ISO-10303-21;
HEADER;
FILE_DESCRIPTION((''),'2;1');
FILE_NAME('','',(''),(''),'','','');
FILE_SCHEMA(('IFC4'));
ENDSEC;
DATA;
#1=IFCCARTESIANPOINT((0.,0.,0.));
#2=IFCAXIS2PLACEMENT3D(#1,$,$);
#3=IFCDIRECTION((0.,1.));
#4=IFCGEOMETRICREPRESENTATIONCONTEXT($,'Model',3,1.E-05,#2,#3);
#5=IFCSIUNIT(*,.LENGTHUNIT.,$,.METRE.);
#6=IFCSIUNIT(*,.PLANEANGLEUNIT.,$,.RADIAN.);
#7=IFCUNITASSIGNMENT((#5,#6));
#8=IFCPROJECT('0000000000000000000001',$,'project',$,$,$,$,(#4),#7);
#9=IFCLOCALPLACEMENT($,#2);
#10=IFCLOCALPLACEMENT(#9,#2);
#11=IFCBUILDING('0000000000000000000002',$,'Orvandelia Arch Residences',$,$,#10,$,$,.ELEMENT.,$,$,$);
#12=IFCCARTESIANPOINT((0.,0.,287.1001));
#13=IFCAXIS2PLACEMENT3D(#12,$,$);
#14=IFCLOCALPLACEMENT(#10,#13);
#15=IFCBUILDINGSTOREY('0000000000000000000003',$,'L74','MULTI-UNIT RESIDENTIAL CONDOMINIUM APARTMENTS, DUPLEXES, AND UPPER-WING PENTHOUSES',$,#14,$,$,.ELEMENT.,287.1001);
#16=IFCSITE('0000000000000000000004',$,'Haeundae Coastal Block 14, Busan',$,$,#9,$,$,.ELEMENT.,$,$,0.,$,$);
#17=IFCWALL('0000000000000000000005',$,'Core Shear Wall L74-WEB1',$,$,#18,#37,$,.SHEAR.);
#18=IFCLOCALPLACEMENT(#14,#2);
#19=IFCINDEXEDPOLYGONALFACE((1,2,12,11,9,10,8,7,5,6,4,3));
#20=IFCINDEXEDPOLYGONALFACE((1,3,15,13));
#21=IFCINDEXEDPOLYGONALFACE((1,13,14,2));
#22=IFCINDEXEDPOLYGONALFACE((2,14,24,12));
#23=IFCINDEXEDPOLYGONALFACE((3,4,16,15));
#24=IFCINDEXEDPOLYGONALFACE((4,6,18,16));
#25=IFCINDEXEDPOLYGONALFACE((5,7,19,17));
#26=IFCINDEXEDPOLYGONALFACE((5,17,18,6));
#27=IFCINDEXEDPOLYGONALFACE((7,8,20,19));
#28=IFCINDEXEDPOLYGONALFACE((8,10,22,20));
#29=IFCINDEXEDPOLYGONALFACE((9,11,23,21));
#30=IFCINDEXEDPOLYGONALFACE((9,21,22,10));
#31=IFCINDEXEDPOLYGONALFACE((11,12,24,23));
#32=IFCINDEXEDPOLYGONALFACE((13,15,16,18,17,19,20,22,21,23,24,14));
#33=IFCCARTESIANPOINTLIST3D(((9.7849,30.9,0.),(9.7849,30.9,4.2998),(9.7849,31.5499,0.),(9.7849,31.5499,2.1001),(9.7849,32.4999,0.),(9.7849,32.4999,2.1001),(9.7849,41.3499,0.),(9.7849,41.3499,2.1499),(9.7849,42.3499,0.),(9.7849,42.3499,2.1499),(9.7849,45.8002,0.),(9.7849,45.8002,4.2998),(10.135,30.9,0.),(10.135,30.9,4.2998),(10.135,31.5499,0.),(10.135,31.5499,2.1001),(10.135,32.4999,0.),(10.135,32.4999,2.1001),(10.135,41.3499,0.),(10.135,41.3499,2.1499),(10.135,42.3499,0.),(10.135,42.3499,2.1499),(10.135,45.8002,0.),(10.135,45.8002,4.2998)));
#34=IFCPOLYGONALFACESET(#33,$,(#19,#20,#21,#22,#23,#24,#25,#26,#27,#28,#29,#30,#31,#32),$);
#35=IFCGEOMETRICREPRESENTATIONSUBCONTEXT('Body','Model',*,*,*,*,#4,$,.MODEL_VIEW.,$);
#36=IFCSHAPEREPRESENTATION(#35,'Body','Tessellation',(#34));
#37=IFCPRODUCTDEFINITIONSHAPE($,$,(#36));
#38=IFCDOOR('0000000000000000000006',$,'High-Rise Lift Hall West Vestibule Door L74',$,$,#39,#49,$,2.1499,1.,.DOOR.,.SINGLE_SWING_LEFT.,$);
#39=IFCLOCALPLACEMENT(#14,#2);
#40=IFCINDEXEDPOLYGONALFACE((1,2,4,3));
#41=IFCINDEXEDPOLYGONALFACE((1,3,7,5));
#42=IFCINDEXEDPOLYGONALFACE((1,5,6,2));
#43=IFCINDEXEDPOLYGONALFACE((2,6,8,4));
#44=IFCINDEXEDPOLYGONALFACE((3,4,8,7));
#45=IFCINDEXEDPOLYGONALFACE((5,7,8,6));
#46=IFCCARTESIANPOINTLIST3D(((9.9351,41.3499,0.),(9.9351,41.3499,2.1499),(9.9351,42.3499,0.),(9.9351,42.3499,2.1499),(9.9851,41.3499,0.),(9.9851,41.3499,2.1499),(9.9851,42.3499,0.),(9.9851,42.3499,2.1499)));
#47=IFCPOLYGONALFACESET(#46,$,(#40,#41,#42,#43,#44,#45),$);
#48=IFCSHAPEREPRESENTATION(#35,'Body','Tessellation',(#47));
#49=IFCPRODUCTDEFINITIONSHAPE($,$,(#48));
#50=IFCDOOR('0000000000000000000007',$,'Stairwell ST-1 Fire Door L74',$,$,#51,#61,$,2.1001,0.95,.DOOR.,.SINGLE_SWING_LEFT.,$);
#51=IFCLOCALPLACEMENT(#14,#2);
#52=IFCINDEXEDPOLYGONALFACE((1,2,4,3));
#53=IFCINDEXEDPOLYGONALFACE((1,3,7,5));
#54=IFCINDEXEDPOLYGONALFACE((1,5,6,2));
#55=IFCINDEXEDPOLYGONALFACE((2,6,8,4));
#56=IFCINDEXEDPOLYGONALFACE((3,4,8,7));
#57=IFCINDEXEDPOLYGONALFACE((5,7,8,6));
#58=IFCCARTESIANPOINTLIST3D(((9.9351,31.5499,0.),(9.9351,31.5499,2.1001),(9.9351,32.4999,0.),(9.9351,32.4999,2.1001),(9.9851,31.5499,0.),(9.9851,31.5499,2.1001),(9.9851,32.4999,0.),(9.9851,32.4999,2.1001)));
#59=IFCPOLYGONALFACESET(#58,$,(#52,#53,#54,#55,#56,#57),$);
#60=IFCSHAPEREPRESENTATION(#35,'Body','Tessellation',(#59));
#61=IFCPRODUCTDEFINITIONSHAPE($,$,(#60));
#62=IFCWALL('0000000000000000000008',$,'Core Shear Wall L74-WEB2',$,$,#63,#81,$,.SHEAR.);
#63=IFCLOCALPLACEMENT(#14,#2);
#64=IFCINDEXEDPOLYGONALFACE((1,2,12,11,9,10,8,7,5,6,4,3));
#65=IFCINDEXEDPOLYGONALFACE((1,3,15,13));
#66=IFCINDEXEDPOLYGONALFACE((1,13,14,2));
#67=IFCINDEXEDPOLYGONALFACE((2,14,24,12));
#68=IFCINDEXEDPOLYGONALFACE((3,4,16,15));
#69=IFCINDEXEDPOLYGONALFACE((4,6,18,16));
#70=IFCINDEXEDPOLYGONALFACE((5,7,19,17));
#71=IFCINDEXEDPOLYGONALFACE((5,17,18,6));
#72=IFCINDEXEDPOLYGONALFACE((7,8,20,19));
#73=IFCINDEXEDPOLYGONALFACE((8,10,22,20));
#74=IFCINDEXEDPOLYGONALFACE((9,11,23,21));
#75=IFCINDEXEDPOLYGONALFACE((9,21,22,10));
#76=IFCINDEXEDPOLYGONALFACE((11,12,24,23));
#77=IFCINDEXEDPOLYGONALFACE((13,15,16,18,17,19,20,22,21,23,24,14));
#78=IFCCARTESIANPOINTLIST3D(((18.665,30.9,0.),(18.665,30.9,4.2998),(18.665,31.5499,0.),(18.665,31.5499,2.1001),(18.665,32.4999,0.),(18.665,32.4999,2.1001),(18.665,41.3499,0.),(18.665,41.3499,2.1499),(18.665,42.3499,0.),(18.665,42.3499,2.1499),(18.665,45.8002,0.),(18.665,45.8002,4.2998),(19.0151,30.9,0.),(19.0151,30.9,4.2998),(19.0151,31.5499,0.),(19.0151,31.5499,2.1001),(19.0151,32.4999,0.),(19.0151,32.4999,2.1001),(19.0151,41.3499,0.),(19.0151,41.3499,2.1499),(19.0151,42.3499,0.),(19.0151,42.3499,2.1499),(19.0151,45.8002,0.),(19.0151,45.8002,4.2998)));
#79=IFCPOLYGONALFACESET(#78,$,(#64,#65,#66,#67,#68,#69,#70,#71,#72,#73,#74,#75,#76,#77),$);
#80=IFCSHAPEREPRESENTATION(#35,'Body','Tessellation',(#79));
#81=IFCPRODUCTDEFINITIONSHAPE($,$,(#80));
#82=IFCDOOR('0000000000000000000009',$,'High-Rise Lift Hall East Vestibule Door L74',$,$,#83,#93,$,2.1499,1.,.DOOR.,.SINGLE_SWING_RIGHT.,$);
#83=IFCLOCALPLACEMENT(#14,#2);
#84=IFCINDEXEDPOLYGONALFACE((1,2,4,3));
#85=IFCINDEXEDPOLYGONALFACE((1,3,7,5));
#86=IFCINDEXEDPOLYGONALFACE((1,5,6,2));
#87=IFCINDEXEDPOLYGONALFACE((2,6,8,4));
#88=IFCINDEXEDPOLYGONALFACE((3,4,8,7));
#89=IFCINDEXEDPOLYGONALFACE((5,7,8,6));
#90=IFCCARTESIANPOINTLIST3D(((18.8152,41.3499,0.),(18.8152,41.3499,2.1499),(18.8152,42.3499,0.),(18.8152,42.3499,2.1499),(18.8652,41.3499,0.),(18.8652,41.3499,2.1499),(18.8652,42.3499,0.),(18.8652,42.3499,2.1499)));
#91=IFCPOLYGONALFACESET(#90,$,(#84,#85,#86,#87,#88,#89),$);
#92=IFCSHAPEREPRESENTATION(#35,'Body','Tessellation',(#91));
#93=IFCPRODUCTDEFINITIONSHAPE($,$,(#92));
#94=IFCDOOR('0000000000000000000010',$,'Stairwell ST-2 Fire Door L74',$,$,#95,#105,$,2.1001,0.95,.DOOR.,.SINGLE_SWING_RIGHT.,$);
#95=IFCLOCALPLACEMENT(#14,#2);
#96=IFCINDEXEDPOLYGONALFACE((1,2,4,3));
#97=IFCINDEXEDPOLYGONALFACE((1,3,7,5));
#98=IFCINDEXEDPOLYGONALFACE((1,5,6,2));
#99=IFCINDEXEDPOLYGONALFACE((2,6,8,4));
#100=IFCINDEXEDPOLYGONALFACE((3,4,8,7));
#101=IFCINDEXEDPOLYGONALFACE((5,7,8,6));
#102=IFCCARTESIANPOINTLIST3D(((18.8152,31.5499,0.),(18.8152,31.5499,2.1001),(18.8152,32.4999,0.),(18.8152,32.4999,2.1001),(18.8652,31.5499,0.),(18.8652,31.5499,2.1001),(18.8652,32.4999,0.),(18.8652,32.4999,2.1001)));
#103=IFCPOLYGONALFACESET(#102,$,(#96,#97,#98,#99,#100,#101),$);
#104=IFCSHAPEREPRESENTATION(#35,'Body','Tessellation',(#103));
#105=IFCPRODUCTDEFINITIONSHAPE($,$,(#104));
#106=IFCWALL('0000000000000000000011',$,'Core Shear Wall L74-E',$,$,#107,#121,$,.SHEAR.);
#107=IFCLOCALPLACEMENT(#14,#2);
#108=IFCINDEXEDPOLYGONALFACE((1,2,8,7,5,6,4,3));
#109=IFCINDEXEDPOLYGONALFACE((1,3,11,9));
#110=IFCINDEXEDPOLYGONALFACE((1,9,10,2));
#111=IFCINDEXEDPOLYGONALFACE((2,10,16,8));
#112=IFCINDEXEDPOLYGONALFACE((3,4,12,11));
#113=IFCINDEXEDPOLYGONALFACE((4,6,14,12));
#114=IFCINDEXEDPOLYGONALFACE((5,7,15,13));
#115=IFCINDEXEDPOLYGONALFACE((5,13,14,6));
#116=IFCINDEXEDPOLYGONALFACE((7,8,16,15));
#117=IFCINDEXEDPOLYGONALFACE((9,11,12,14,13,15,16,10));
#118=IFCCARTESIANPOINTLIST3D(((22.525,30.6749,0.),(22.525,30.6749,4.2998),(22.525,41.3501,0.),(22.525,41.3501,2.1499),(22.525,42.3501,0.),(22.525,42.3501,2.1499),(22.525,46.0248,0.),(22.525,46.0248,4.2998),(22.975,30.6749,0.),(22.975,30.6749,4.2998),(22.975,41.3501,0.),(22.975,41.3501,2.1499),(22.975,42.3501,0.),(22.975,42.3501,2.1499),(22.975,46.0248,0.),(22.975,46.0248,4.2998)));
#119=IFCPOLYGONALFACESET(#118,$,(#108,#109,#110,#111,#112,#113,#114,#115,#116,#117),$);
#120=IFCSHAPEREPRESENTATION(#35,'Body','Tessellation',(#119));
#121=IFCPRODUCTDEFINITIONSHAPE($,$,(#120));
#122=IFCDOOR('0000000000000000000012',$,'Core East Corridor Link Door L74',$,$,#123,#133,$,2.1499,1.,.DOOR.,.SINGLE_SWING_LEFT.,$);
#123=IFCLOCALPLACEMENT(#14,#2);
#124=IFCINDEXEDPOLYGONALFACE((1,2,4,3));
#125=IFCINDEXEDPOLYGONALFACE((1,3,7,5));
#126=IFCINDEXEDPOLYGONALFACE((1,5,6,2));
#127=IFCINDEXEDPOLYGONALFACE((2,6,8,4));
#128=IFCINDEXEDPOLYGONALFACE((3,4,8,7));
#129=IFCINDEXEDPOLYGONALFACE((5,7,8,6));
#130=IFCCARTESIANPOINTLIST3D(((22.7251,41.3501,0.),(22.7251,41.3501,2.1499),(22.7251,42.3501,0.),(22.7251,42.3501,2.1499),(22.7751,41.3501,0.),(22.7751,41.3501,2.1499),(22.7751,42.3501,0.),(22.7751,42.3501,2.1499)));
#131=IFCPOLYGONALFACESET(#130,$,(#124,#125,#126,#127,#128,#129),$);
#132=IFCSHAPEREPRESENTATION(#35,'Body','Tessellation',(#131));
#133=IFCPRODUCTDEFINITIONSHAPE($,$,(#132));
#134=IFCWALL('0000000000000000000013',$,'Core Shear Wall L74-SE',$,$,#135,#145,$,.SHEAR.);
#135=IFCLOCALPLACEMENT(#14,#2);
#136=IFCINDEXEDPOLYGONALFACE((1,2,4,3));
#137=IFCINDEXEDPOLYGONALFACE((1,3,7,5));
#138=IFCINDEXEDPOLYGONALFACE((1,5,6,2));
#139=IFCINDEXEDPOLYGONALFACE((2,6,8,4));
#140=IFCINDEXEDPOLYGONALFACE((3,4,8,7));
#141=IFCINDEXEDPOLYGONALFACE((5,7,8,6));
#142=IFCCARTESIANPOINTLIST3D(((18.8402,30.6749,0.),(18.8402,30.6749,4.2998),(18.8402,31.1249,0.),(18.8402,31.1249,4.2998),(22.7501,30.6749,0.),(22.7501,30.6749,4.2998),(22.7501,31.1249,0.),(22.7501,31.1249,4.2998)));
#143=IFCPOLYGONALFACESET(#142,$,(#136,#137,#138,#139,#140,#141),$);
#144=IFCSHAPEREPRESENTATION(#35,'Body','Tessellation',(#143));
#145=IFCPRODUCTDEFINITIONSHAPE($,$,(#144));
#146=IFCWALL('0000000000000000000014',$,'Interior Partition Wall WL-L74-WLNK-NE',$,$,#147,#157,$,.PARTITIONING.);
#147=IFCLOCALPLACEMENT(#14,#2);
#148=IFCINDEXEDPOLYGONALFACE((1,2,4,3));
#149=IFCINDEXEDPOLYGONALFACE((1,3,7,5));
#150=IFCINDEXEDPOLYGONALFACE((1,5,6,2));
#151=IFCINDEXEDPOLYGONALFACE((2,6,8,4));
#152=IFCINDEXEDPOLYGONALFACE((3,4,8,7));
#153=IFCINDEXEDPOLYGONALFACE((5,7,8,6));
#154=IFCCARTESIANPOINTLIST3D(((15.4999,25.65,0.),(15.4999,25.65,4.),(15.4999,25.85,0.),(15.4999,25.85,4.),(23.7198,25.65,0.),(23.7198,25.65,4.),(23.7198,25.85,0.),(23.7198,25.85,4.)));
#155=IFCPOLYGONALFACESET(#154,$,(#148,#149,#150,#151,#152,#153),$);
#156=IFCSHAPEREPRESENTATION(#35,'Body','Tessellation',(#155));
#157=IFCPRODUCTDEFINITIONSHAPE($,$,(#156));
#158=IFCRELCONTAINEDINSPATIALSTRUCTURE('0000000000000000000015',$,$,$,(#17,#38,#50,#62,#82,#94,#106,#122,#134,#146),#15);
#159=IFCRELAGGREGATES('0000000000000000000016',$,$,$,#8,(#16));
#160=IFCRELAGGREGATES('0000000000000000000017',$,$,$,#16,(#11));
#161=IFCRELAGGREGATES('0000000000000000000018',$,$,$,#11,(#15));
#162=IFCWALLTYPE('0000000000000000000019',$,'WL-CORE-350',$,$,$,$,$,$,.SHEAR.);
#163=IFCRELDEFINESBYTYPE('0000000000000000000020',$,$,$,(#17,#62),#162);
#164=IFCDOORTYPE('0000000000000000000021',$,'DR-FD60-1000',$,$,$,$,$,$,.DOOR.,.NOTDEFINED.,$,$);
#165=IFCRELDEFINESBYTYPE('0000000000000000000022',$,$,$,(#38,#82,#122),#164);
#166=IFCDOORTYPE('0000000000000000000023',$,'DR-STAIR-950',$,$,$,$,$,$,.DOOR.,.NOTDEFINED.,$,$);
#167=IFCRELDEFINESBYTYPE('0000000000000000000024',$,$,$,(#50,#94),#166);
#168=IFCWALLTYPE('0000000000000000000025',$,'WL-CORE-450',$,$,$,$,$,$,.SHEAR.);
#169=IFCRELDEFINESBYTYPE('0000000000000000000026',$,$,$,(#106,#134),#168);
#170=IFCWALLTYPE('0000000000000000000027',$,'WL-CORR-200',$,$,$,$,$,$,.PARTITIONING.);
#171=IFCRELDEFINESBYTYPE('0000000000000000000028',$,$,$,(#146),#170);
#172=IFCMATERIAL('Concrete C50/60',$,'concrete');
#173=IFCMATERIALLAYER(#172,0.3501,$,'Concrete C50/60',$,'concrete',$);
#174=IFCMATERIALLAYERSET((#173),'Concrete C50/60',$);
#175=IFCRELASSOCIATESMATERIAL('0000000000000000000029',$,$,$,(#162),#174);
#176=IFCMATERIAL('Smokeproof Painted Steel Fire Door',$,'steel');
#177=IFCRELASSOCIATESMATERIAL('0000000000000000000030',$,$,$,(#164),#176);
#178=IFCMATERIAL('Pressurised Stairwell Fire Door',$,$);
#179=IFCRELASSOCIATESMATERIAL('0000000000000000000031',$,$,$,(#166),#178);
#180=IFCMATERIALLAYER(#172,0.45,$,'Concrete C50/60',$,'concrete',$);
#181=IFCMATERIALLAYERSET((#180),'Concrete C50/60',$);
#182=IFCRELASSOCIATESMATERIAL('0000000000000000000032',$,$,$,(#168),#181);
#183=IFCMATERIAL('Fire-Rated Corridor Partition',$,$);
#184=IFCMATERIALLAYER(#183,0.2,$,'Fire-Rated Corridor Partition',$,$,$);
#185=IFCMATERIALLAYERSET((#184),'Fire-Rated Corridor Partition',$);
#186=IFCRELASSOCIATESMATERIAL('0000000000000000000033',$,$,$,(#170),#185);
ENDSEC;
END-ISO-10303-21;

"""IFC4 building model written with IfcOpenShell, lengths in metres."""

from ifc_helpers import new_model, si_unit, direction, frame, frame_2d, origin, place, context, subcontext, project, spatial, rectangle, extrude, material, layer, layer_set, type_object, element, fill, save


model = new_model("IFC4")

# Units and contexts
model_context = context("Model", 3, precision=1e-05, world=origin(), true_north=direction((0.0, 1.0)))
body_context = subcontext(model_context, "Body", "Model", "MODEL_VIEW")
ifc_project = project(units=[si_unit("LENGTHUNIT", "METRE"), si_unit("PLANEANGLEUNIT", "RADIAN")], contexts=[model_context])

# Site, building, storey
site_placement = place(None, origin())
site = spatial("IfcSite", under=ifc_project, at=site_placement, Name="Haeundae Coastal Block 14, Busan", CompositionType="ELEMENT", RefElevation=0.0)
building_placement = place(site_placement, origin())
building = spatial("IfcBuilding", under=site, at=building_placement, Name="Orvandelia Arch Residences", CompositionType="ELEMENT")
storey_placement = place(building_placement, frame((0.0, 0.0, 287.1001)))
storey = spatial("IfcBuildingStorey", under=building, at=storey_placement, Name="L74", Description="MULTI-UNIT RESIDENTIAL CONDOMINIUM APARTMENTS, DUPLEXES, AND UPPER-WING PENTHOUSES", CompositionType="ELEMENT", Elevation=287.1001)

# Shared definitions
ifc_material_1 = material(Name="Concrete C50/60", Category="concrete")

# Walls, openings, doors
ifc_layer_1 = layer(ifc_material_1, 0.3501, Name="Concrete C50/60", Category="concrete")
ifc_layer_set_1 = layer_set([ifc_layer_1], Name="Concrete C50/60")
wall_type_1 = type_object("IfcWallType", Name="WL-CORE-350", PredefinedType="SHEAR", material=ifc_layer_set_1)
wall_1_placement = place(storey_placement, frame((9.96, 30.8999, 0.0), z_axis=(0.0, 0.0, 1.0), x_axis=(0.0, 1.0, 0.0)))
wall_1 = element("IfcWall", 1, at=wall_1_placement, inside=storey, type_object=wall_type_1, Name="Core Shear Wall L74-WEB1", PredefinedType="SHEAR", context=body_context, shape_type="SweptSolid", body=[
    extrude(rectangle(XDim=14.9001, YDim=0.3501, at=frame_2d((7.4502, 0.0))), origin(), (0.0, 0.0, 1.0), 4.2998),
])
opening_1_placement = place(wall_1_placement, frame((0.6499, 0.0, 0.0)))
opening_1 = element("IfcOpeningElement", 2, at=opening_1_placement, cuts=wall_1, PredefinedType="OPENING", context=body_context, shape_type="SweptSolid", body=[
    extrude(rectangle(XDim=0.95, YDim=2.1001, at=frame_2d((0.4751, 1.05))), frame((0.0, 0.1851, 0.0), z_axis=(0.0, -1.0, 0.0), x_axis=(1.0, 0.0, 0.0)), (0.0, 0.0, 1.0), 0.3701),
])
opening_2_placement = place(wall_1_placement, frame((10.45, 0.0, 0.0)))
opening_2 = element("IfcOpeningElement", 3, at=opening_2_placement, cuts=wall_1, PredefinedType="OPENING", context=body_context, shape_type="SweptSolid", body=[
    extrude(rectangle(XDim=1.0, YDim=2.1499, at=frame_2d((0.5, 1.075))), frame((0.0, 0.1851, 0.0), z_axis=(0.0, -1.0, 0.0), x_axis=(1.0, 0.0, 0.0)), (0.0, 0.0, 1.0), 0.3701),
])
ifc_material_2 = material(Name="Smokeproof Painted Steel Fire Door", Category="steel")
door_type_1 = type_object("IfcDoorType", Name="DR-FD60-1000", OperationType="NOTDEFINED", PredefinedType="DOOR", material=ifc_material_2)
door_1_placement = place(opening_2_placement, origin())
door_1 = element("IfcDoor", 4, at=door_1_placement, inside=storey, type_object=door_type_1, Name="High-Rise Lift Hall West Vestibule Door L74", OperationType="SINGLE_SWING_LEFT", OverallHeight=2.1499, OverallWidth=1.0, PredefinedType="DOOR", context=body_context, shape_type="SweptSolid", body=[
    extrude(rectangle(XDim=1.0, YDim=2.1499, at=frame_2d((0.5, 1.075))), frame((0.0, 0.0249, 0.0), z_axis=(0.0, -1.0, 0.0), x_axis=(1.0, 0.0, 0.0)), (0.0, 0.0, 1.0), 0.05),
])
fill(opening_2, door_1)
ifc_material_3 = material(Name="Pressurised Stairwell Fire Door")
door_type_2 = type_object("IfcDoorType", Name="DR-STAIR-950", OperationType="NOTDEFINED", PredefinedType="DOOR", material=ifc_material_3)
door_2_placement = place(opening_1_placement, origin())
door_2 = element("IfcDoor", 5, at=door_2_placement, inside=storey, type_object=door_type_2, Name="Stairwell ST-1 Fire Door L74", OperationType="SINGLE_SWING_LEFT", OverallHeight=2.1001, OverallWidth=0.95, PredefinedType="DOOR", context=body_context, shape_type="SweptSolid", body=[
    extrude(rectangle(XDim=0.95, YDim=2.1001, at=frame_2d((0.4751, 1.05))), frame((0.0, 0.0249, 0.0), z_axis=(0.0, -1.0, 0.0), x_axis=(1.0, 0.0, 0.0)), (0.0, 0.0, 1.0), 0.05),
])
fill(opening_1, door_2)
wall_2_placement = place(storey_placement, frame((18.8401, 30.8999, 0.0), z_axis=(0.0, 0.0, 1.0), x_axis=(0.0, 1.0, 0.0)))
wall_2 = element("IfcWall", 6, at=wall_2_placement, inside=storey, type_object=wall_type_1, Name="Core Shear Wall L74-WEB2", PredefinedType="SHEAR", context=body_context, shape_type="SweptSolid", body=[
    extrude(rectangle(XDim=14.9001, YDim=0.3501, at=frame_2d((7.4502, 0.0))), origin(), (0.0, 0.0, 1.0), 4.2998),
])
opening_3_placement = place(wall_2_placement, frame((0.6499, 0.0, 0.0)))
opening_3 = element("IfcOpeningElement", 7, at=opening_3_placement, cuts=wall_2, PredefinedType="OPENING", context=body_context, shape_type="SweptSolid", body=[
    extrude(rectangle(XDim=0.95, YDim=2.1001, at=frame_2d((0.4751, 1.05))), frame((0.0, 0.1851, 0.0), z_axis=(0.0, -1.0, 0.0), x_axis=(1.0, 0.0, 0.0)), (0.0, 0.0, 1.0), 0.3701),
])
opening_4_placement = place(wall_2_placement, frame((10.45, 0.0, 0.0)))
opening_4 = element("IfcOpeningElement", 8, at=opening_4_placement, cuts=wall_2, PredefinedType="OPENING", context=body_context, shape_type="SweptSolid", body=[
    extrude(rectangle(XDim=1.0, YDim=2.1499, at=frame_2d((0.5, 1.075))), frame((0.0, 0.1851, 0.0), z_axis=(0.0, -1.0, 0.0), x_axis=(1.0, 0.0, 0.0)), (0.0, 0.0, 1.0), 0.3701),
])
door_3_placement = place(opening_4_placement, origin())
door_3 = element("IfcDoor", 9, at=door_3_placement, inside=storey, type_object=door_type_1, Name="High-Rise Lift Hall East Vestibule Door L74", OperationType="SINGLE_SWING_RIGHT", OverallHeight=2.1499, OverallWidth=1.0, PredefinedType="DOOR", context=body_context, shape_type="SweptSolid", body=[
    extrude(rectangle(XDim=1.0, YDim=2.1499, at=frame_2d((0.5, 1.075))), frame((0.0, 0.0249, 0.0), z_axis=(0.0, -1.0, 0.0), x_axis=(1.0, 0.0, 0.0)), (0.0, 0.0, 1.0), 0.05),
])
fill(opening_4, door_3)
door_4_placement = place(opening_3_placement, origin())
door_4 = element("IfcDoor", 10, at=door_4_placement, inside=storey, type_object=door_type_2, Name="Stairwell ST-2 Fire Door L74", OperationType="SINGLE_SWING_RIGHT", OverallHeight=2.1001, OverallWidth=0.95, PredefinedType="DOOR", context=body_context, shape_type="SweptSolid", body=[
    extrude(rectangle(XDim=0.95, YDim=2.1001, at=frame_2d((0.4751, 1.05))), frame((0.0, 0.0249, 0.0), z_axis=(0.0, -1.0, 0.0), x_axis=(1.0, 0.0, 0.0)), (0.0, 0.0, 1.0), 0.05),
])
fill(opening_3, door_4)

# Wall, opening, door
ifc_layer_2 = layer(ifc_material_1, 0.45, Name="Concrete C50/60", Category="concrete")
ifc_layer_set_2 = layer_set([ifc_layer_2], Name="Concrete C50/60")
wall_type_2 = type_object("IfcWallType", Name="WL-CORE-450", PredefinedType="SHEAR", material=ifc_layer_set_2)
wall_3_placement = place(storey_placement, frame((22.75, 30.675, 0.0), z_axis=(0.0, 0.0, 1.0), x_axis=(0.0, 1.0, 0.0)))
wall_3 = element("IfcWall", 11, at=wall_3_placement, inside=storey, type_object=wall_type_2, Name="Core Shear Wall L74-E", PredefinedType="SHEAR", context=body_context, shape_type="SweptSolid", body=[
    extrude(rectangle(XDim=15.3499, YDim=0.45, at=frame_2d((7.6748, 0.0))), origin(), (0.0, 0.0, 1.0), 4.2998),
])
opening_5_placement = place(wall_3_placement, frame((10.675, 0.0, 0.0)))
opening_5 = element("IfcOpeningElement", 12, at=opening_5_placement, cuts=wall_3, PredefinedType="OPENING", context=body_context, shape_type="SweptSolid", body=[
    extrude(rectangle(XDim=1.0, YDim=2.1499, at=frame_2d((0.5, 1.075))), frame((0.0, 0.2349, 0.0), z_axis=(0.0, -1.0, 0.0), x_axis=(1.0, 0.0, 0.0)), (0.0, 0.0, 1.0), 0.47),
])
door_5_placement = place(opening_5_placement, origin())
door_5 = element("IfcDoor", 13, at=door_5_placement, inside=storey, type_object=door_type_1, Name="Core East Corridor Link Door L74", OperationType="SINGLE_SWING_LEFT", OverallHeight=2.1499, OverallWidth=1.0, PredefinedType="DOOR", context=body_context, shape_type="SweptSolid", body=[
    extrude(rectangle(XDim=1.0, YDim=2.1499, at=frame_2d((0.5, 1.075))), frame((0.0, 0.0249, 0.0), z_axis=(0.0, -1.0, 0.0), x_axis=(1.0, 0.0, 0.0)), (0.0, 0.0, 1.0), 0.05),
])
fill(opening_5, door_5)

# Walls
wall_4_placement = place(storey_placement, frame((18.8401, 30.8999, 0.0), z_axis=(0.0, 0.0, 1.0), x_axis=(1.0, 0.0, 0.0)))
element("IfcWall", 14, at=wall_4_placement, inside=storey, type_object=wall_type_2, Name="Core Shear Wall L74-SE", PredefinedType="SHEAR", context=body_context, shape_type="SweptSolid", body=[
    extrude(rectangle(XDim=3.9099, YDim=0.45, at=frame_2d((1.9551, 0.0))), origin(), (0.0, 0.0, 1.0), 4.2998),
])
ifc_material_4 = material(Name="Fire-Rated Corridor Partition")
ifc_layer_3 = layer(ifc_material_4, 0.2, Name="Fire-Rated Corridor Partition")
ifc_layer_set_3 = layer_set([ifc_layer_3], Name="Fire-Rated Corridor Partition")
wall_type_3 = type_object("IfcWallType", Name="WL-CORR-200", PredefinedType="PARTITIONING", material=ifc_layer_set_3)
wall_5_placement = place(storey_placement, frame((15.5, 25.75, 0.0), z_axis=(0.0, 0.0, 1.0), x_axis=(1.0, 0.0, 0.0)))
element("IfcWall", 15, at=wall_5_placement, inside=storey, type_object=wall_type_3, Name="Interior Partition Wall WL-L74-WLNK-NE", PredefinedType="PARTITIONING", context=body_context, shape_type="SweptSolid", body=[
    extrude(rectangle(XDim=8.22, YDim=0.2, at=frame_2d((4.1099, 0.0))), origin(), (0.0, 0.0, 1.0), 4.0),
])

save(model, "model.ifc")
